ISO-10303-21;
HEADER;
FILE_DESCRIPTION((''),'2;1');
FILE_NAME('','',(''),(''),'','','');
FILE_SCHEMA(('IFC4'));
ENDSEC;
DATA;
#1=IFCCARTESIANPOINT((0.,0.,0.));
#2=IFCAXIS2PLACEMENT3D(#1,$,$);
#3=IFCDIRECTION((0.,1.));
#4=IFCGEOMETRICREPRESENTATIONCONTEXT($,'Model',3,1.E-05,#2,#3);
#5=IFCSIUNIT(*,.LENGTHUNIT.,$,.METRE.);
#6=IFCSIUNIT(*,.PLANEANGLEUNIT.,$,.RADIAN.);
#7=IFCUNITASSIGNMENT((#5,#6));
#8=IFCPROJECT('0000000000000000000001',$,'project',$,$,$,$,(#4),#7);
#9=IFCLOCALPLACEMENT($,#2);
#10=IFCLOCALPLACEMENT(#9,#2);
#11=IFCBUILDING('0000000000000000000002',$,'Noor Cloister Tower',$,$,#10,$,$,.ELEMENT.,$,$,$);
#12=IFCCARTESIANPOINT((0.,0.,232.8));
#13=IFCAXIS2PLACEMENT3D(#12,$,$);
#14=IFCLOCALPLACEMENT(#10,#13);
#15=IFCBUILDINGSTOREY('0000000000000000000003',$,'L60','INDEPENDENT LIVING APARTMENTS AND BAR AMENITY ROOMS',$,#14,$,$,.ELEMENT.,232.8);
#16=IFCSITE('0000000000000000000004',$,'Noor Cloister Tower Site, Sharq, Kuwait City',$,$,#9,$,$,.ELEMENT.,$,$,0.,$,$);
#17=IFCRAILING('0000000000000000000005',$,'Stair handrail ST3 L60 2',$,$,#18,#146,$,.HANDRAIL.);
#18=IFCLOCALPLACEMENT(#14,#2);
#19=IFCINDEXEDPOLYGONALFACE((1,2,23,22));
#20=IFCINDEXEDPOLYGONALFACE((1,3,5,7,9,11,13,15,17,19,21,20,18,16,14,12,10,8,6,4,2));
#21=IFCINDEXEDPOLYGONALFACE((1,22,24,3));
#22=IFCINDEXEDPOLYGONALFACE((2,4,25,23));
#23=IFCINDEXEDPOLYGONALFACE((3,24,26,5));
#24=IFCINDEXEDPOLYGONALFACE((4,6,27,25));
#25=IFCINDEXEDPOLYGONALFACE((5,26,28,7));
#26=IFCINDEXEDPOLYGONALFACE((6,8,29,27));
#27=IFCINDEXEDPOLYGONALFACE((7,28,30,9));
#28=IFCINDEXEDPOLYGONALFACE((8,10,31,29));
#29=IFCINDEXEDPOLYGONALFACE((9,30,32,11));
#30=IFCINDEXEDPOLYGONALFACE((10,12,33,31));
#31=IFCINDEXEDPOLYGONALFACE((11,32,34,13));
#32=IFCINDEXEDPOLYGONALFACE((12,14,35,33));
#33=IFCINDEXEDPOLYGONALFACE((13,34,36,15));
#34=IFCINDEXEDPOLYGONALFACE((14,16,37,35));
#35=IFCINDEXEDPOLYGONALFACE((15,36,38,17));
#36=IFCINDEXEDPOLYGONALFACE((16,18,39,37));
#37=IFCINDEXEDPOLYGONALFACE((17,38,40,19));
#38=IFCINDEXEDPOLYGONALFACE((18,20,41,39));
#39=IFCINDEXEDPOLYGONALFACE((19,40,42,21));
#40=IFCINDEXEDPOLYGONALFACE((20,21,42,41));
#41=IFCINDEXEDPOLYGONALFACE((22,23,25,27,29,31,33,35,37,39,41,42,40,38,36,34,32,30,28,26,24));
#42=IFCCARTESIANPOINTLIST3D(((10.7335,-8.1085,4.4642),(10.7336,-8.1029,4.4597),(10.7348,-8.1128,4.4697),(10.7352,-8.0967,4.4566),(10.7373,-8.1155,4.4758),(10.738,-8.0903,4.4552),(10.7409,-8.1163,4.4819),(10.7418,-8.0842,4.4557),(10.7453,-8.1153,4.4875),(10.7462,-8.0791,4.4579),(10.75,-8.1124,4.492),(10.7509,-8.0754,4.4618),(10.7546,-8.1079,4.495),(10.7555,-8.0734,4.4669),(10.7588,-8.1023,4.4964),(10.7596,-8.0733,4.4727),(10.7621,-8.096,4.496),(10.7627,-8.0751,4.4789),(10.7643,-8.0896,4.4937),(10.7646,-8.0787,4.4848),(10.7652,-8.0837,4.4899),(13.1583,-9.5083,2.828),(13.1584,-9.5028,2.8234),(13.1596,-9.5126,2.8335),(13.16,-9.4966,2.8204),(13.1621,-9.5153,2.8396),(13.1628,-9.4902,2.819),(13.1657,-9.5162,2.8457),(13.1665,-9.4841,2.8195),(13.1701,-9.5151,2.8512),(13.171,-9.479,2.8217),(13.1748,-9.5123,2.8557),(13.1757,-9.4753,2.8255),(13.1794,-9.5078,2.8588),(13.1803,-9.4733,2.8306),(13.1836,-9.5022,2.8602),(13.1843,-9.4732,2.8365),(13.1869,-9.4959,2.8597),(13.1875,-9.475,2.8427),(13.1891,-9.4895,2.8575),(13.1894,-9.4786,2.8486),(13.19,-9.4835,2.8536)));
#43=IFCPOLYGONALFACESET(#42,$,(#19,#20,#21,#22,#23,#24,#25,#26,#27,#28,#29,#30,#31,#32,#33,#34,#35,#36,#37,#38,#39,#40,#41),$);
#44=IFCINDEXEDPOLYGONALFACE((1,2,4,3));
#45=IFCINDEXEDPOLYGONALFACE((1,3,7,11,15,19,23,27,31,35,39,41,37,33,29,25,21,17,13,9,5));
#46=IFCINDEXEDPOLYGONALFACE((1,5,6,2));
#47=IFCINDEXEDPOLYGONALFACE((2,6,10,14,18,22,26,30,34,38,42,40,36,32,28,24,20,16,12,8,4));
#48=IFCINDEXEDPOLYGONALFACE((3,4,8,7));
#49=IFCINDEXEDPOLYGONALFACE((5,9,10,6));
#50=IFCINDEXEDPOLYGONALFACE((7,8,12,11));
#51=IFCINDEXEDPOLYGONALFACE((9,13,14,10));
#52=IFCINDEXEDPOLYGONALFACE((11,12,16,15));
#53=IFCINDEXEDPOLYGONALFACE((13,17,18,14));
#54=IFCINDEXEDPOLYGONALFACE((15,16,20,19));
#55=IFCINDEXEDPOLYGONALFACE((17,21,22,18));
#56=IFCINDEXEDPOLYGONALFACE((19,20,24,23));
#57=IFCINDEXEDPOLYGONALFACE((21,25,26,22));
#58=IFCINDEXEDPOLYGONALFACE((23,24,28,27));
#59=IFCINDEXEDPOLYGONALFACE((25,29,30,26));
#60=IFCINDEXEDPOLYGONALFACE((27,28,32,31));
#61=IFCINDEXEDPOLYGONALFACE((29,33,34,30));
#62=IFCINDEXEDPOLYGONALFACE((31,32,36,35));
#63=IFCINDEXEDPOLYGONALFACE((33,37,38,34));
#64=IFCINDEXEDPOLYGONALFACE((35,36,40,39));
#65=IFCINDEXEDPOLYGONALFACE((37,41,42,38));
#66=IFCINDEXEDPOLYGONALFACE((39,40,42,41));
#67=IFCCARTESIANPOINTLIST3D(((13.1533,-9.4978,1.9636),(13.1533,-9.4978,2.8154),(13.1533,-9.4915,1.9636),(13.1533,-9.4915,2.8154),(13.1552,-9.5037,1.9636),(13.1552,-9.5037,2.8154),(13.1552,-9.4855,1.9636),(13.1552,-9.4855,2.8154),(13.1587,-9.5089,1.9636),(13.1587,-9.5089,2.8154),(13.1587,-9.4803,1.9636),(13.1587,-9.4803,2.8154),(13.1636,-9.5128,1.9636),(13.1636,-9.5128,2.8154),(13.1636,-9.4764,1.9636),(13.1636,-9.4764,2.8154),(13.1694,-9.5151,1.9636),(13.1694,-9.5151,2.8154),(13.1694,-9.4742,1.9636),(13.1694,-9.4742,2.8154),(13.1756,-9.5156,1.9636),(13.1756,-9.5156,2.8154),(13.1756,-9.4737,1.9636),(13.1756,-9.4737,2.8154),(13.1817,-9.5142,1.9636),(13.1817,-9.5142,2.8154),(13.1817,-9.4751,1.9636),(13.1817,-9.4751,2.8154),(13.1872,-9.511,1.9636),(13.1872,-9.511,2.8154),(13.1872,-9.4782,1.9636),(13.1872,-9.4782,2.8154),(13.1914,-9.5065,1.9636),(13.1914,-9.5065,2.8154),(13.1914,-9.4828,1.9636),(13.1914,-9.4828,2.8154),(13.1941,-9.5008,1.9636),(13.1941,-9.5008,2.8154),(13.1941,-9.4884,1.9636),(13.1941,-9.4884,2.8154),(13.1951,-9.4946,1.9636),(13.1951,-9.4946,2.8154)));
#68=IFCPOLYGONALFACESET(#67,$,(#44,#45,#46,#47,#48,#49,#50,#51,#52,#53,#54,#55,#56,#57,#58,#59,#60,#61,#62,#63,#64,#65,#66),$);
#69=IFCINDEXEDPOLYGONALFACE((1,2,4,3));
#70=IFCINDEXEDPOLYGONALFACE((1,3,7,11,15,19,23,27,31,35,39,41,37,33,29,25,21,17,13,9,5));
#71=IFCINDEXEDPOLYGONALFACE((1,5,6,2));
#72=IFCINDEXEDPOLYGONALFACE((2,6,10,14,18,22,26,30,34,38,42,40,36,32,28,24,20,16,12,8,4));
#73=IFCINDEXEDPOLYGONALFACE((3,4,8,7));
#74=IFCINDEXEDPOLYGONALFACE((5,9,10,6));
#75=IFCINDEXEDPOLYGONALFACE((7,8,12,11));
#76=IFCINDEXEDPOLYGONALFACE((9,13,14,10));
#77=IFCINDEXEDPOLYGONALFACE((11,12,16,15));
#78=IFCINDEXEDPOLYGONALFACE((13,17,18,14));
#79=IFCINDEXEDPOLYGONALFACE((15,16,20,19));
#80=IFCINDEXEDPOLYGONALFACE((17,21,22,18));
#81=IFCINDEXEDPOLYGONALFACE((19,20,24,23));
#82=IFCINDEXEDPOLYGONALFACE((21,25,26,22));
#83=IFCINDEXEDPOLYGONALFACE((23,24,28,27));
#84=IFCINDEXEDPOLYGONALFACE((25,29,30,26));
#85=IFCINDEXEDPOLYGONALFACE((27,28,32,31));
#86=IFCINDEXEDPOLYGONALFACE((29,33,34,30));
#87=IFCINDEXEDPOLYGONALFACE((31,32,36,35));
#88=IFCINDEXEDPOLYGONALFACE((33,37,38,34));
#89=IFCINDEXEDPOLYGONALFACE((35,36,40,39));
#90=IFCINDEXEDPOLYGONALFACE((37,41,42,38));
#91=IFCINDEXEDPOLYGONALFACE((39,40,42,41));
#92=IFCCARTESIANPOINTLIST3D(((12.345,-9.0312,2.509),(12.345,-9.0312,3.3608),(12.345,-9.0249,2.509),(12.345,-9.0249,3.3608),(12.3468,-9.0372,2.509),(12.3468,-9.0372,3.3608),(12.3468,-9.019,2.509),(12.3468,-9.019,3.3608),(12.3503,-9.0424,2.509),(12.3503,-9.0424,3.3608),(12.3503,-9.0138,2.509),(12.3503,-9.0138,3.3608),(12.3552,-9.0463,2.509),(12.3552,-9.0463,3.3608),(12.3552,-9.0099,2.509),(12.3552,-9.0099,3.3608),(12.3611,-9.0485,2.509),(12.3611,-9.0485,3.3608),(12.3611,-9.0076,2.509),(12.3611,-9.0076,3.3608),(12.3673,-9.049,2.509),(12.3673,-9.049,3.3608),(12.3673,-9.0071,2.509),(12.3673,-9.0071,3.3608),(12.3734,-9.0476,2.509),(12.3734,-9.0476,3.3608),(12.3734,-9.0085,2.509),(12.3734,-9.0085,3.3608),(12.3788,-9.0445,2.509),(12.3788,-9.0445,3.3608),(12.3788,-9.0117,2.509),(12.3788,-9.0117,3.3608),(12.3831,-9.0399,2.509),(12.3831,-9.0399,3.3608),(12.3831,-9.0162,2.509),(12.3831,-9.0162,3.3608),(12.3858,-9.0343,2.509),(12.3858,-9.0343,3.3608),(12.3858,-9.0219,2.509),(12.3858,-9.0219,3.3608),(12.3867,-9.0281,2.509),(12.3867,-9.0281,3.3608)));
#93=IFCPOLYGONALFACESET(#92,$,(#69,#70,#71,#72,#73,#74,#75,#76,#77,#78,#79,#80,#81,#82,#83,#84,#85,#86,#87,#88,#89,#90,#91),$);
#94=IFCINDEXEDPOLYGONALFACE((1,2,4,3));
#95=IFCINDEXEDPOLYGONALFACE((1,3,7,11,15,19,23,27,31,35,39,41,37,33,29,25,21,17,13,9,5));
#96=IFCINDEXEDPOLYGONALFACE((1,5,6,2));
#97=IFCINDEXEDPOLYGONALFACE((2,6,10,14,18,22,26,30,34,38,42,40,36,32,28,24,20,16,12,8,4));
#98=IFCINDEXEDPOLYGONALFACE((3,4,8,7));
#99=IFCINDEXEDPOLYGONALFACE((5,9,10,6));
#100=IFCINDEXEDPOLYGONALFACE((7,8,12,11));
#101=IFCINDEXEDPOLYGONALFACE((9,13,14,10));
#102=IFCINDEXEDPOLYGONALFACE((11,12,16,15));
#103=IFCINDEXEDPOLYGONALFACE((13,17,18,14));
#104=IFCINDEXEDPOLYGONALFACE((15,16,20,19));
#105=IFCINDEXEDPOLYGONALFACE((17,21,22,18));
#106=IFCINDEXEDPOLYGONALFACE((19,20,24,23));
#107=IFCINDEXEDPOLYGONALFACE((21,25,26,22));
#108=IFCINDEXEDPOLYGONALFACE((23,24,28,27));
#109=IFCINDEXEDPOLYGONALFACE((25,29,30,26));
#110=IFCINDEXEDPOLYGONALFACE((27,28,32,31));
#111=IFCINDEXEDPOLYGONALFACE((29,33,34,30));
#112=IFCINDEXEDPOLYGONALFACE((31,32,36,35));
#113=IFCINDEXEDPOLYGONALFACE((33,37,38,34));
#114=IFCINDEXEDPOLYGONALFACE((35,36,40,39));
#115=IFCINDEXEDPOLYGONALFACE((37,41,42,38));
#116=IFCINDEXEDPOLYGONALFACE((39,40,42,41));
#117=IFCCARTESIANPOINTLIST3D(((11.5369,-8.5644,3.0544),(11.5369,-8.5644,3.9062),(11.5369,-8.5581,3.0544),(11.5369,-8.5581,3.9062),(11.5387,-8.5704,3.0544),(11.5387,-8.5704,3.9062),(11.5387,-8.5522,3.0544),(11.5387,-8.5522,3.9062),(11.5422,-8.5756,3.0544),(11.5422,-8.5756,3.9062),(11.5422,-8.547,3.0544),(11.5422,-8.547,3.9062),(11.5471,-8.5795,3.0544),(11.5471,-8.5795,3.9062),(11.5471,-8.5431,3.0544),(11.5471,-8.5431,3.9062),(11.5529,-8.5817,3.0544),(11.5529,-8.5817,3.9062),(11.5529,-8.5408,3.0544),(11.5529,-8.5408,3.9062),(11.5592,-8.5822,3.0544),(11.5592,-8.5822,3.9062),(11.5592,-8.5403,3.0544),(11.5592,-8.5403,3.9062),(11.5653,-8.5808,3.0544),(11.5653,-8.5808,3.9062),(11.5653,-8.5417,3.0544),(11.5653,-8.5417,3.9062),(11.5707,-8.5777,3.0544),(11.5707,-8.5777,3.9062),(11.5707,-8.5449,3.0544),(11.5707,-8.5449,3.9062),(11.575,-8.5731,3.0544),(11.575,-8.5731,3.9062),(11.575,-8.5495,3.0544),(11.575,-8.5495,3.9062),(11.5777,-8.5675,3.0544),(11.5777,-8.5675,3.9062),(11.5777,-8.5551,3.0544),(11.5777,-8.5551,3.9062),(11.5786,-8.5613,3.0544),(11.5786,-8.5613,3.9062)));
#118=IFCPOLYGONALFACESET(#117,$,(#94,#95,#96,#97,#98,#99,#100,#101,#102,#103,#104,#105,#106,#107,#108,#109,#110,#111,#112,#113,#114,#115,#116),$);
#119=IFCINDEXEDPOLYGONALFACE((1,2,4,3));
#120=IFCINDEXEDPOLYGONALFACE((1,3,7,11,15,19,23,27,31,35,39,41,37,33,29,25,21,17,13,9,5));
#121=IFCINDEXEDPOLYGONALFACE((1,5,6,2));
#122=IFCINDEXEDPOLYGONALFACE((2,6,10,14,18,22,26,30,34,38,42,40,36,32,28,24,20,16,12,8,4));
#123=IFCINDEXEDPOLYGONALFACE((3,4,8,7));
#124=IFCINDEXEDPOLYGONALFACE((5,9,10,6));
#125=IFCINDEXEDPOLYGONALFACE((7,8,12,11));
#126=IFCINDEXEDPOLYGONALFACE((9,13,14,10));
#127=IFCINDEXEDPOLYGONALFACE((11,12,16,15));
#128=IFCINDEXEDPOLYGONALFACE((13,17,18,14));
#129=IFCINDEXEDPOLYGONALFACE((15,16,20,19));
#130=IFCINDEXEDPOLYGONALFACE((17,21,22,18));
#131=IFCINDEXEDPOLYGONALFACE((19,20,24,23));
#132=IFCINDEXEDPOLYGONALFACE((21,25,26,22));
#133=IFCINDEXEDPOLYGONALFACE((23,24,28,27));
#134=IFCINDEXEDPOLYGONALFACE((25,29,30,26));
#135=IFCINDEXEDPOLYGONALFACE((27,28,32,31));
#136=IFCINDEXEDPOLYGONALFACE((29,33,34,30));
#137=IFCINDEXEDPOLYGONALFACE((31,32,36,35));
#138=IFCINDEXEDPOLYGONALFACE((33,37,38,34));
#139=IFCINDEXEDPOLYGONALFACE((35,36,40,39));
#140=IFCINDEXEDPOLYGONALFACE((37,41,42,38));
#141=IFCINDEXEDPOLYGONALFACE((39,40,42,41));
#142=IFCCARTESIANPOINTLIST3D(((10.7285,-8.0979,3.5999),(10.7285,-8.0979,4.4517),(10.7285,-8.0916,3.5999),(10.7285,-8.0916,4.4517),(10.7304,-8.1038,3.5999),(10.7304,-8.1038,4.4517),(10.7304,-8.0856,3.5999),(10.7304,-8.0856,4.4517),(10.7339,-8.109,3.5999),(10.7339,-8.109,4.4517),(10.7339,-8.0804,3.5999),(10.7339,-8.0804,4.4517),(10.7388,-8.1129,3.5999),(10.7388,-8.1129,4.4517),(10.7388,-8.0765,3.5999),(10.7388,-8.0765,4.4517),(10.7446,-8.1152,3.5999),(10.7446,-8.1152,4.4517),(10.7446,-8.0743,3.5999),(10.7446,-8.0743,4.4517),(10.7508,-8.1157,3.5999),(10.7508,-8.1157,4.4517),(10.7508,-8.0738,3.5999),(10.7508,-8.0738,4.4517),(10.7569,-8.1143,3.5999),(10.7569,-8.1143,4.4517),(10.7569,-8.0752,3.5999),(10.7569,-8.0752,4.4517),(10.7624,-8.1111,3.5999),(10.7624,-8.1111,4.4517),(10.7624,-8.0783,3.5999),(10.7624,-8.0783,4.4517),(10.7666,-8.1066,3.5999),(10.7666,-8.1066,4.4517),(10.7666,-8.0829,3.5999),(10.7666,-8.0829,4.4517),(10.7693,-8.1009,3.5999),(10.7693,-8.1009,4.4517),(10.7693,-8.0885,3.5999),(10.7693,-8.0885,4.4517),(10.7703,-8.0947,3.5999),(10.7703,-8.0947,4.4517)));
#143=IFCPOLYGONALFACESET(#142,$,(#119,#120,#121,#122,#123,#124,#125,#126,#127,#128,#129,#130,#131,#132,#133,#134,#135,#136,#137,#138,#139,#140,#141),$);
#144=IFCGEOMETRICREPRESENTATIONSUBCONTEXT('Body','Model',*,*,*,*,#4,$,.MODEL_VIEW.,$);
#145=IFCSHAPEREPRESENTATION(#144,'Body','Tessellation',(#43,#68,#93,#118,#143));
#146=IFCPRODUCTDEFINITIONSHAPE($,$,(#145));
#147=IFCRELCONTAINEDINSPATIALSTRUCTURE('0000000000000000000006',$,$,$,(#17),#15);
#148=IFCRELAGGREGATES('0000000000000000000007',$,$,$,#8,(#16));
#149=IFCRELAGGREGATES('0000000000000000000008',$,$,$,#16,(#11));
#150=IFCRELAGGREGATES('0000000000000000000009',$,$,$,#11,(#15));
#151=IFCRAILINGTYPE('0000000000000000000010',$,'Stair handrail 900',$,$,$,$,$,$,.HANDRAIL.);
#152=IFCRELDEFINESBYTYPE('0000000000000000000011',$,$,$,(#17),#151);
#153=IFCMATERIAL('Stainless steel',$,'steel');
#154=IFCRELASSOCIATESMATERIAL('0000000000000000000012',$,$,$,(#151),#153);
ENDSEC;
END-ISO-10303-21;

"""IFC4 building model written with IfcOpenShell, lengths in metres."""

from ifc_helpers import new_model, si_unit, direction, frame, origin, origin_2d, place, context, subcontext, project, spatial, circle, extrude, material, type_object, element, save


model = new_model("IFC4")

# Units and contexts
model_context = context("Model", 3, precision=1e-05, world=origin(), true_north=direction((0.0, 1.0)))
body_context = subcontext(model_context, "Body", "Model", "MODEL_VIEW")
ifc_project = project(units=[si_unit("LENGTHUNIT", "METRE"), si_unit("PLANEANGLEUNIT", "RADIAN")], contexts=[model_context])

# Site, building, storey
site_placement = place(None, origin())
site = spatial("IfcSite", under=ifc_project, at=site_placement, Name="Noor Cloister Tower Site, Sharq, Kuwait City", CompositionType="ELEMENT", RefElevation=0.0)
building_placement = place(site_placement, origin())
building = spatial("IfcBuilding", under=site, at=building_placement, Name="Noor Cloister Tower", CompositionType="ELEMENT")
storey_placement = place(building_placement, frame((0.0, 0.0, 232.8)))
storey = spatial("IfcBuildingStorey", under=building, at=storey_placement, Name="L60", Description="INDEPENDENT LIVING APARTMENTS AND BAR AMENITY ROOMS", CompositionType="ELEMENT", Elevation=232.8)

# Railing
ifc_material_1 = material(Name="Stainless steel", Category="steel")
railing_type_1 = type_object("IfcRailingType", Name="Stair handrail 900", PredefinedType="HANDRAIL", material=ifc_material_1)
railing_1_placement = place(storey_placement, frame((13.1741, -9.4946, 1.9636)))
element("IfcRailing", 1, at=railing_1_placement, inside=storey, type_object=railing_type_1, Name="Stair handrail ST3 L60 2", PredefinedType="HANDRAIL", context=body_context, shape_type="SweptSolid", body=[
    extrude(circle(Radius=0.0239, at=origin_2d()), frame((0.0, 0.0, 0.876), z_axis=(-0.747718, 0.431677, 0.504552), x_axis=(-0.499984, -0.866035, 0.0)), (0.0, 0.0, 1.0), 3.2429),
    extrude(circle(Radius=0.021, at=origin_2d()), origin(), (0.0, 0.0, 1.0), 0.8518),
    extrude(circle(Radius=0.021, at=origin_2d()), frame((-0.8083, 0.4666, 0.5454)), (0.0, 0.0, 1.0), 0.8518),
    extrude(circle(Radius=0.021, at=origin_2d()), frame((-1.6165, 0.9333, 1.0908)), (0.0, 0.0, 1.0), 0.8518),
    extrude(circle(Radius=0.021, at=origin_2d()), frame((-2.4248, 1.3999, 1.6362)), (0.0, 0.0, 1.0), 0.8518),
])

save(model, "model.ifc")
